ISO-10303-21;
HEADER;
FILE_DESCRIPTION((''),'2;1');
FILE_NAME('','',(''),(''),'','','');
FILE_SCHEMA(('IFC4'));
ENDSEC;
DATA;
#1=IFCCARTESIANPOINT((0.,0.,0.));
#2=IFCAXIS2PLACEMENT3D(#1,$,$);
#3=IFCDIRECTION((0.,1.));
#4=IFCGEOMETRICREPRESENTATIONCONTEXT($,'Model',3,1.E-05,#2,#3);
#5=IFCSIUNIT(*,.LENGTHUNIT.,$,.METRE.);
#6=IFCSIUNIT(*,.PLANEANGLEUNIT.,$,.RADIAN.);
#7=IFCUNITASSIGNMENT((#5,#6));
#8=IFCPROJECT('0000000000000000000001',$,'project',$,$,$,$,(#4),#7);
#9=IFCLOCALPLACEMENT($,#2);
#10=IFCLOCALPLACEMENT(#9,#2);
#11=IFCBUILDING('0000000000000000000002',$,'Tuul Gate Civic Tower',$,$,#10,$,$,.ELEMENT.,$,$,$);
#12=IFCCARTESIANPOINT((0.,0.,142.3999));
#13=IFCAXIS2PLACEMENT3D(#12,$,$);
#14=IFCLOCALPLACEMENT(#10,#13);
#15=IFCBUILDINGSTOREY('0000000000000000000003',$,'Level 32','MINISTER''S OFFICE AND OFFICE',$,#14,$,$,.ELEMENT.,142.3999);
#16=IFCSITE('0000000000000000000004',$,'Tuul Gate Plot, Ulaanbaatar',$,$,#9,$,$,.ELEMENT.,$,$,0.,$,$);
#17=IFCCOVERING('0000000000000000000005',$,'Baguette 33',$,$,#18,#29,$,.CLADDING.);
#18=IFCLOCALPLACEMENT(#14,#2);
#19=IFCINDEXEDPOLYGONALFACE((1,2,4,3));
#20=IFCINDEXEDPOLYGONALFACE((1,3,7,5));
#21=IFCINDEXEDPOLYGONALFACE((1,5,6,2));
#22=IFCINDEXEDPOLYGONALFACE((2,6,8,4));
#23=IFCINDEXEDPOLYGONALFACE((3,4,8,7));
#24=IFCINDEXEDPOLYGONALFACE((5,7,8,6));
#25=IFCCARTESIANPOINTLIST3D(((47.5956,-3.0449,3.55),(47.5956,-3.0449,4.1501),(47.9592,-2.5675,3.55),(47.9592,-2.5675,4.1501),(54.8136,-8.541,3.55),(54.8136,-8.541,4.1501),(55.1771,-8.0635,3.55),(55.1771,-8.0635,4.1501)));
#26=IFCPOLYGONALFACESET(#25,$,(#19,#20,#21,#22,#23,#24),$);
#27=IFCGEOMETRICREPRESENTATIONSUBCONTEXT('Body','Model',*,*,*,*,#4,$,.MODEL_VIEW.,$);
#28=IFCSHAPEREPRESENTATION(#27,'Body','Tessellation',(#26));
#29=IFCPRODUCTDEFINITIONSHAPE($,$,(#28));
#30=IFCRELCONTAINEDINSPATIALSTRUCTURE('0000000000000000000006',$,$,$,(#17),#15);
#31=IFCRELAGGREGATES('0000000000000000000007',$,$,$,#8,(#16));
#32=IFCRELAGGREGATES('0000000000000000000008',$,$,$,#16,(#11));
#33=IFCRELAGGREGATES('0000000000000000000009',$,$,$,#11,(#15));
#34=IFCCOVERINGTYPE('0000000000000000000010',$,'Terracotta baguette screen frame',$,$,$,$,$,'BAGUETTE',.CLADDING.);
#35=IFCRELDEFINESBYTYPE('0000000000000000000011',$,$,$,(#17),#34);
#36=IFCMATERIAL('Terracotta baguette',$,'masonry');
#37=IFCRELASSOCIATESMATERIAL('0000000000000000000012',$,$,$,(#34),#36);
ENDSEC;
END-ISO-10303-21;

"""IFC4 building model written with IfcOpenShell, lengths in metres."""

from ifc_helpers import new_model, si_unit, direction, frame, origin, origin_2d, place, context, subcontext, project, spatial, rectangle, extrude, material, material_profile, profile_set, type_object, element, save


model = new_model("IFC4")

# Units and contexts
model_context = context("Model", 3, precision=1e-05, world=origin(), true_north=direction((0.0, 1.0)))
body_context = subcontext(model_context, "Body", "Model", "MODEL_VIEW")
ifc_project = project(units=[si_unit("LENGTHUNIT", "METRE"), si_unit("PLANEANGLEUNIT", "RADIAN")], contexts=[model_context])

# Site, building, storey
site_placement = place(None, origin())
site = spatial("IfcSite", under=ifc_project, at=site_placement, Name="Tuul Gate Plot, Ulaanbaatar", CompositionType="ELEMENT", RefElevation=0.0)
building_placement = place(site_placement, origin())
building = spatial("IfcBuilding", under=site, at=building_placement, Name="Tuul Gate Civic Tower", CompositionType="ELEMENT")
storey_placement = place(building_placement, frame((0.0, 0.0, 142.3999)))
storey = spatial("IfcBuildingStorey", under=building, at=storey_placement, Name="Level 32", Description="MINISTER'S OFFICE AND OFFICE", CompositionType="ELEMENT", Elevation=142.3999)

# Covering
ifc_material_1 = material(Name="Terracotta baguette", Category="masonry")
ifc_material_profile_1 = material_profile(ifc_material_1, rectangle(XDim=0.6001, YDim=0.6001, at=origin_2d()), Name="Terracotta baguette screen frame")
ifc_profile_set_1 = profile_set([ifc_material_profile_1], Name="Terracotta baguette")
covering_type = type_object("IfcCoveringType", Name="Terracotta baguette screen frame", ElementType="BAGUETTE", PredefinedType="CLADDING", material=ifc_profile_set_1)
covering_1_placement = place(storey_placement, frame((54.9954, -8.3022, 3.8501), z_axis=(-0.79561, 0.60581, 0.0), x_axis=(-0.60581, -0.79561, 0.0)))
element("IfcCovering", 1, at=covering_1_placement, inside=storey, type_object=covering_type, Name="Baguette 33", PredefinedType="CLADDING", context=body_context, shape_type="SweptSolid", body=[
    extrude(rectangle(XDim=0.6001, YDim=0.6001, at=origin_2d()), origin(), (0.0, 0.0, 1.0), 9.0723),
])

save(model, "model.ifc")
